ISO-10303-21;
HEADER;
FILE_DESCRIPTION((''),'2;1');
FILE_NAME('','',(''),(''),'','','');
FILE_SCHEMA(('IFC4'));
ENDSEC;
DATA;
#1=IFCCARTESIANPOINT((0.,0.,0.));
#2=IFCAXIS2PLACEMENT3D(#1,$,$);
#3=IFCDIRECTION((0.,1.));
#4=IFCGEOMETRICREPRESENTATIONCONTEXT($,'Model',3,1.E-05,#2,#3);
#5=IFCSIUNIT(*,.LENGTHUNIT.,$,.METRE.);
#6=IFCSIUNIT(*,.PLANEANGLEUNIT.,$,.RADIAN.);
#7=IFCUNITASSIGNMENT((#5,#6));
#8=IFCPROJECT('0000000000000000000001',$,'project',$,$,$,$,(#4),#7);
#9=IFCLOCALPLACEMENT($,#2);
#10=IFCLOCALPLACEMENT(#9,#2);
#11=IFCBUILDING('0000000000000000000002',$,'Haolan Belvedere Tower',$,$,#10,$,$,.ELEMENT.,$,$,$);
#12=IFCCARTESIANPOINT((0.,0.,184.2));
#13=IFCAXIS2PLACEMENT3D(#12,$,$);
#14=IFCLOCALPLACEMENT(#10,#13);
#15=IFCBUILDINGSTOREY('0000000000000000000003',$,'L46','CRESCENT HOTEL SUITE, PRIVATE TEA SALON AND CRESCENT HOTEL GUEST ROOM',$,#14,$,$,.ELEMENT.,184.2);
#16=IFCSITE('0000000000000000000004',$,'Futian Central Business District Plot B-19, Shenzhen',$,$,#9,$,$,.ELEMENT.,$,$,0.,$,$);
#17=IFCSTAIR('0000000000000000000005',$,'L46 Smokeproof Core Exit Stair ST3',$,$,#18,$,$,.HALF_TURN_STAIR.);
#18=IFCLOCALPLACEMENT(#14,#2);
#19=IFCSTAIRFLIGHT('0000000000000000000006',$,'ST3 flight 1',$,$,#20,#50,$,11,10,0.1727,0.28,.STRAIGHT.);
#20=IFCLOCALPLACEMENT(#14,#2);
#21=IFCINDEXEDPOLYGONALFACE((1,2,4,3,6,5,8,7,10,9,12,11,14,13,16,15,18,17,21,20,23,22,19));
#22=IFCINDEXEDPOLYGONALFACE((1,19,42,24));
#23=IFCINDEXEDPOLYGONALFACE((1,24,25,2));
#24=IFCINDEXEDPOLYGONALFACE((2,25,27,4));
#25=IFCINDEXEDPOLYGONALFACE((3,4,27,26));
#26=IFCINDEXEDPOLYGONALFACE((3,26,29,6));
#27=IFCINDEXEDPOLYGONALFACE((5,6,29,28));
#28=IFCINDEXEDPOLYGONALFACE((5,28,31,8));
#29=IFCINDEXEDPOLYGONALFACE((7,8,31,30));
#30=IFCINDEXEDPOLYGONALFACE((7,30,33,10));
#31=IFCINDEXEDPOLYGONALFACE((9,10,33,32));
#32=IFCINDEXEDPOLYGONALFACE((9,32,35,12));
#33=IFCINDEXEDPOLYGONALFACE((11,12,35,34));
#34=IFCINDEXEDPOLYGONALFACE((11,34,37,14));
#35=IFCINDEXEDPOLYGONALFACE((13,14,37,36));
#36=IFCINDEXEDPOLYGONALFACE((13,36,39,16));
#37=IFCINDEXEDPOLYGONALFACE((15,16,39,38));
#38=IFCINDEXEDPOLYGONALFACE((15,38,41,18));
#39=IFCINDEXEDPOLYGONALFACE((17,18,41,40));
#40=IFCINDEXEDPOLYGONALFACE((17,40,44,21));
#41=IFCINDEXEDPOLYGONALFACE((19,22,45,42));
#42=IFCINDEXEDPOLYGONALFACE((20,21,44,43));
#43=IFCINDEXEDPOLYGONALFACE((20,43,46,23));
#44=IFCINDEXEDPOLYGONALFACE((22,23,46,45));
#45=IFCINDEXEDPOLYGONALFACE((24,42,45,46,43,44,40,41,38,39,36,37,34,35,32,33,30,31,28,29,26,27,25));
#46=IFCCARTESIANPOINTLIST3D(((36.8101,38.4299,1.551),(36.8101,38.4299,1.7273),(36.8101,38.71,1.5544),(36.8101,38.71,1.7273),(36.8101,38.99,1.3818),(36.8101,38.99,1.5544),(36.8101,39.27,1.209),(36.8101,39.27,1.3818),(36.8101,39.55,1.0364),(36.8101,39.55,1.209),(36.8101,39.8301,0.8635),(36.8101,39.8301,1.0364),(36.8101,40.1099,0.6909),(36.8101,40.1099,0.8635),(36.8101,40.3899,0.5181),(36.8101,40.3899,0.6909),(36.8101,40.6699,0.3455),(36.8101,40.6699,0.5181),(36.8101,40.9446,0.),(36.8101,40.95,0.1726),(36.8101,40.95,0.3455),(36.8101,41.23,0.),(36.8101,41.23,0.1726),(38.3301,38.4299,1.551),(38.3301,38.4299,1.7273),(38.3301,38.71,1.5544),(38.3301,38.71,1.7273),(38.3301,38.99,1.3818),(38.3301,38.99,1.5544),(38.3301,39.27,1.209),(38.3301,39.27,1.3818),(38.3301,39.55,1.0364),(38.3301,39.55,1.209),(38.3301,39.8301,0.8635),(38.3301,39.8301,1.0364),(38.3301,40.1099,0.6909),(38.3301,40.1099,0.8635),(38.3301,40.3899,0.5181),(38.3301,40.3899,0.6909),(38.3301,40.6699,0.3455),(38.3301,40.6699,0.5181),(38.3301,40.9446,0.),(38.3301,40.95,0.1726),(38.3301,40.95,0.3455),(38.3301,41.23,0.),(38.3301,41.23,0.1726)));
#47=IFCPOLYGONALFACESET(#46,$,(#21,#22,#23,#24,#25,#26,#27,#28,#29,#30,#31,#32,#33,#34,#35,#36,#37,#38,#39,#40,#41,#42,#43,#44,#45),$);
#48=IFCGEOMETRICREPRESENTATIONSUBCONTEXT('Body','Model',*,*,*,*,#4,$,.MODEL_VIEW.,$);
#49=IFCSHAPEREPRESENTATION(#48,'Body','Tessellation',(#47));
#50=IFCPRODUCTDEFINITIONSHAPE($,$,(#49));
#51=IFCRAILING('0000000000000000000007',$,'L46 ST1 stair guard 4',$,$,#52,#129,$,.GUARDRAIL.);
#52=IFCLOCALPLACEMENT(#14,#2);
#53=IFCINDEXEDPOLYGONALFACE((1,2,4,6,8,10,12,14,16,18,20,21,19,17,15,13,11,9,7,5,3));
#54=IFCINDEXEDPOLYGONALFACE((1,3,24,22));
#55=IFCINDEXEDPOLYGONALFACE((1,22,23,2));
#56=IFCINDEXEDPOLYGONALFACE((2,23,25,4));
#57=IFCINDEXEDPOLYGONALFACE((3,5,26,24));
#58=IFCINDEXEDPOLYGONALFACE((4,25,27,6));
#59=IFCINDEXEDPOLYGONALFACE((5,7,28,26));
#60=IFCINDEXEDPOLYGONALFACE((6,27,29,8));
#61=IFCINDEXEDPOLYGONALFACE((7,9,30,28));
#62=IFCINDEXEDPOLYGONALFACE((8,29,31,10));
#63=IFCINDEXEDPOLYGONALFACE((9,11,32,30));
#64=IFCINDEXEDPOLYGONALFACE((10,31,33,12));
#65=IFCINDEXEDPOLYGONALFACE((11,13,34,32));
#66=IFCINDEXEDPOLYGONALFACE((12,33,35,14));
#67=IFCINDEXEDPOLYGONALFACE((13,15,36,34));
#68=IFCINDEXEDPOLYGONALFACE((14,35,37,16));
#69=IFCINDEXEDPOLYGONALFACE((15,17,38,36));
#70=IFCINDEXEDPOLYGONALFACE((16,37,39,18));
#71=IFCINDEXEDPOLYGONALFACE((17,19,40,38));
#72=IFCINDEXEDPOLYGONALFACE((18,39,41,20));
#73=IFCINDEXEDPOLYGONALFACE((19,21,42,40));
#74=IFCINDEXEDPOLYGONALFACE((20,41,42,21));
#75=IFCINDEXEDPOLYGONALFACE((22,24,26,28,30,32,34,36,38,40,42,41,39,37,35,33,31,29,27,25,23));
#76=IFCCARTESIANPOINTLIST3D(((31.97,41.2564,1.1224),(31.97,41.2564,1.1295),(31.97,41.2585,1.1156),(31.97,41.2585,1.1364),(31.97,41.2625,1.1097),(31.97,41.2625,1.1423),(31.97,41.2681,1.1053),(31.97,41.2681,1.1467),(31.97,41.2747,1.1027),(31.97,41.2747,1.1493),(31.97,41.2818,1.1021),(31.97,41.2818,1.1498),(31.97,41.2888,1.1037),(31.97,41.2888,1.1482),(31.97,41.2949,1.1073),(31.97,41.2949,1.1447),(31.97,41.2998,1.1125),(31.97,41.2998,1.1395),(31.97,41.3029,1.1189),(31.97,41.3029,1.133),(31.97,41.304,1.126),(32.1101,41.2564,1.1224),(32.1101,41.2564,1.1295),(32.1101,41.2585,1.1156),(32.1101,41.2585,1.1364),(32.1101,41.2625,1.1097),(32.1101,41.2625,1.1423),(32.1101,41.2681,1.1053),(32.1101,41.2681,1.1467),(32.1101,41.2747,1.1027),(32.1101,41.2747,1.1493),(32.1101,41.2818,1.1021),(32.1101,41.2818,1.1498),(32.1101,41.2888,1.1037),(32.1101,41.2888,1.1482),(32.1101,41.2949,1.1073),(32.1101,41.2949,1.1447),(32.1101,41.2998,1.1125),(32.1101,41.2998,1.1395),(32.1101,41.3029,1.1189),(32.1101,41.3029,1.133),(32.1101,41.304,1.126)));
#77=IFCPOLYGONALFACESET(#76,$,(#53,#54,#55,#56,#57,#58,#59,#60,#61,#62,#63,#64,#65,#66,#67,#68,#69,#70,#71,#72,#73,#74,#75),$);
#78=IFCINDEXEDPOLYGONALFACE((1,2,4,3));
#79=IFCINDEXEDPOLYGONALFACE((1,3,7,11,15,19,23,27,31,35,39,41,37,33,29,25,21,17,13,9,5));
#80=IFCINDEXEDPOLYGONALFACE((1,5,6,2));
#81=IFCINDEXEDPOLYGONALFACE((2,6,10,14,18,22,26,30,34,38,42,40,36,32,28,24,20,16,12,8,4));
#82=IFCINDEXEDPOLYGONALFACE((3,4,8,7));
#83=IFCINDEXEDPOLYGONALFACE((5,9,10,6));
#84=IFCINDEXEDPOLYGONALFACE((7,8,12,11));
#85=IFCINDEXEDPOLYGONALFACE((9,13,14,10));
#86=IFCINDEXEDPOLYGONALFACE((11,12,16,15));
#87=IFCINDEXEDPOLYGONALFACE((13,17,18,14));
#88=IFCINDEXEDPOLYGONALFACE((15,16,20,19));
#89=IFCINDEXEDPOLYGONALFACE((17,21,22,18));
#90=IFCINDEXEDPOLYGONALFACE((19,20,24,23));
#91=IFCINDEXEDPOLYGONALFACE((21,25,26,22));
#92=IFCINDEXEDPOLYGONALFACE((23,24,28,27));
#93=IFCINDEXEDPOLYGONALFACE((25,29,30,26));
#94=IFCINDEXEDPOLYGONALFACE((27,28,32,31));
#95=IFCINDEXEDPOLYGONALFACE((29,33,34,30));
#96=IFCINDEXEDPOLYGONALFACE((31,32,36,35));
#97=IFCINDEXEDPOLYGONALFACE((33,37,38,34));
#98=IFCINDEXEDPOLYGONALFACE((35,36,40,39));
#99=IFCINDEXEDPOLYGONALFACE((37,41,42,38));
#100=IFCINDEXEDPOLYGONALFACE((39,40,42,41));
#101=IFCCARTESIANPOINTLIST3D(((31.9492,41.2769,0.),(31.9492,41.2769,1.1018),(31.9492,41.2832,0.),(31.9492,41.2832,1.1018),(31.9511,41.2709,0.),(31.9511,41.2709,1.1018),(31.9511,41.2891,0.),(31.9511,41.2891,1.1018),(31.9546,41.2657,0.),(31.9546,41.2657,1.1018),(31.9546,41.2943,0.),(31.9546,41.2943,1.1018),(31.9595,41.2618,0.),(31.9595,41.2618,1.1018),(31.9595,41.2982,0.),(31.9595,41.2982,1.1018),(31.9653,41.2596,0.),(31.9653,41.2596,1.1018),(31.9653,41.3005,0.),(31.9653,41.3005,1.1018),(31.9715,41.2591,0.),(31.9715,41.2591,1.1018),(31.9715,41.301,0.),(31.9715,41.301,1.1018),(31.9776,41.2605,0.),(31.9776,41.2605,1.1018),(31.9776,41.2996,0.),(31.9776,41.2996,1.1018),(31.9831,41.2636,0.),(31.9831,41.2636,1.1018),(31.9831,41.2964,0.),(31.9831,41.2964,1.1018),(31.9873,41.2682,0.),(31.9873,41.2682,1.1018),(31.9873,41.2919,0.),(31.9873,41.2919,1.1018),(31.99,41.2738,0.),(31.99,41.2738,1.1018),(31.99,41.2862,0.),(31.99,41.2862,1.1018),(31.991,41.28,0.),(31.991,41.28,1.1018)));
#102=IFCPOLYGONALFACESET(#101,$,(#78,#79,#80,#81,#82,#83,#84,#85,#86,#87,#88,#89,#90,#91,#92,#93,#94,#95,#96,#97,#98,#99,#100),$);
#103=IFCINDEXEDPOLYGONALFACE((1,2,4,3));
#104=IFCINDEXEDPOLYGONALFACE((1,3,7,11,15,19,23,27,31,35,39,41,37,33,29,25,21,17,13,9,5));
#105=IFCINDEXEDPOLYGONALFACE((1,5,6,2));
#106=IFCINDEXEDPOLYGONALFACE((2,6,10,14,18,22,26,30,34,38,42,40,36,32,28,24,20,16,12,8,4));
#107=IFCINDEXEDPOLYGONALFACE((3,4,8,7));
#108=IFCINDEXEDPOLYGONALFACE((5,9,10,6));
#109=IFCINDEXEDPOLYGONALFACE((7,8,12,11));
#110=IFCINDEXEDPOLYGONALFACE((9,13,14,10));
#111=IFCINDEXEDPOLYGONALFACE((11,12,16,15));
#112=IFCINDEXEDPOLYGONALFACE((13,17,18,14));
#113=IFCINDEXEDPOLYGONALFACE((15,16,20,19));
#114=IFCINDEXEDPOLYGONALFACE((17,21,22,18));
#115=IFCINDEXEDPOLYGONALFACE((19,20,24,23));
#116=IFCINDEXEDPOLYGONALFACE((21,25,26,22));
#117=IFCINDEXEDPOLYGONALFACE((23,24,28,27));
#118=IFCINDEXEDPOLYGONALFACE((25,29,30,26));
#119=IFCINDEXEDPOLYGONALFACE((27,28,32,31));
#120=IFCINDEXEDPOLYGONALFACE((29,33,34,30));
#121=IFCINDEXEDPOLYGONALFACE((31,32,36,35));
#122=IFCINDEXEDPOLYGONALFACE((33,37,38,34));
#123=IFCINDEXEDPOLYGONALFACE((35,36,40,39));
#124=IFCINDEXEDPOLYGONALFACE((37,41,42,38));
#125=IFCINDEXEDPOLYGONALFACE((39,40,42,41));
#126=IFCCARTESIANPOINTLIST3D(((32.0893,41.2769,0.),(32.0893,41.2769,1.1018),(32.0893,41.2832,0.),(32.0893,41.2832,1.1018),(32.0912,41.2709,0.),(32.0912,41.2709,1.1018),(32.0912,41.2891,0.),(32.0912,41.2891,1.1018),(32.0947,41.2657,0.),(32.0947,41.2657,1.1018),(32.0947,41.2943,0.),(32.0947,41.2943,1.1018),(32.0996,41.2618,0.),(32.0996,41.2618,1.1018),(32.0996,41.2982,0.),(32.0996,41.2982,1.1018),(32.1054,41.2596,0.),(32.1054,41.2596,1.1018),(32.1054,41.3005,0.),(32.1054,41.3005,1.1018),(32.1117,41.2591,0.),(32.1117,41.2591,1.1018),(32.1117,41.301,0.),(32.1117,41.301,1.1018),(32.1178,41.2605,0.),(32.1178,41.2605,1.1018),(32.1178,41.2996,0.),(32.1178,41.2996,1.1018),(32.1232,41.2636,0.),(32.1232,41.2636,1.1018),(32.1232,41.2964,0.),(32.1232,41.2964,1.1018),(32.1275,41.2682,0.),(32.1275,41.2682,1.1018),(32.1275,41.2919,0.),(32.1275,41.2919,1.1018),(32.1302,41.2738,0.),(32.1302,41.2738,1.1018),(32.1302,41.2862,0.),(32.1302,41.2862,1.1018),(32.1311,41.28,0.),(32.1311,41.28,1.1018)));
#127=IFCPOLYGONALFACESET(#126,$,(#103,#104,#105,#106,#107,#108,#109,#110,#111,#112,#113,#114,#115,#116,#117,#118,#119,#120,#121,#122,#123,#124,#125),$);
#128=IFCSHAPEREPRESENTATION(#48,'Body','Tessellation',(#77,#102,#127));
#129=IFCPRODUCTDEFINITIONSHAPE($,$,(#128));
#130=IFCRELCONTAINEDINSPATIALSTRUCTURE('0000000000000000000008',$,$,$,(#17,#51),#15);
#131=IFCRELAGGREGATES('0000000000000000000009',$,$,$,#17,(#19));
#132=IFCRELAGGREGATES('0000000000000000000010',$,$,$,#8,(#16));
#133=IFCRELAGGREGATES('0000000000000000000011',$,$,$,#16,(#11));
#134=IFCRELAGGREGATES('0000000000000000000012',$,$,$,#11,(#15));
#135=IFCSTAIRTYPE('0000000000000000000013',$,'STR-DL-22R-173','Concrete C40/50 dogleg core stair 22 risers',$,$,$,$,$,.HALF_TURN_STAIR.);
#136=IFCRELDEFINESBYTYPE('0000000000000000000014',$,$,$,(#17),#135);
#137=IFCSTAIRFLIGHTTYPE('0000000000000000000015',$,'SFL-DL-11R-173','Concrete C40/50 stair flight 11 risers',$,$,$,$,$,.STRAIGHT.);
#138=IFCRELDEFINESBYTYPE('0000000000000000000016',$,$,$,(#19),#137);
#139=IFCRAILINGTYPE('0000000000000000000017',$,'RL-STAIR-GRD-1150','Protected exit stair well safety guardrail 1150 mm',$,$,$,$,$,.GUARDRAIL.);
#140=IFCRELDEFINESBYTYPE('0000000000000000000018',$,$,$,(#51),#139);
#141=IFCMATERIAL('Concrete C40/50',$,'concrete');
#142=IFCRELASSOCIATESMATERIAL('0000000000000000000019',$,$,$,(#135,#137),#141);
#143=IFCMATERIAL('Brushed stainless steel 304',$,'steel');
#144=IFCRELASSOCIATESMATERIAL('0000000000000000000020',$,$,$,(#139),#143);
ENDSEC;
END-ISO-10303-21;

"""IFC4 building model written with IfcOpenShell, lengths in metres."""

from ifc_helpers import new_model, si_unit, direction, frame, origin, origin_2d, place, context, subcontext, project, spatial, polyline, circle, outline, extrude, material, type_object, element, aggregate, save


model = new_model("IFC4")

# Units and contexts
model_context = context("Model", 3, precision=1e-05, world=origin(), true_north=direction((0.0, 1.0)))
body_context = subcontext(model_context, "Body", "Model", "MODEL_VIEW")
ifc_project = project(units=[si_unit("LENGTHUNIT", "METRE"), si_unit("PLANEANGLEUNIT", "RADIAN")], contexts=[model_context])

# Site, building, storey
site_placement = place(None, origin())
site = spatial("IfcSite", under=ifc_project, at=site_placement, Name="Futian Central Business District Plot B-19, Shenzhen", CompositionType="ELEMENT", RefElevation=0.0)
building_placement = place(site_placement, origin())
building = spatial("IfcBuilding", under=site, at=building_placement, Name="Haolan Belvedere Tower", CompositionType="ELEMENT")
storey_placement = place(building_placement, frame((0.0, 0.0, 184.2)))
storey = spatial("IfcBuildingStorey", under=building, at=storey_placement, Name="L46", Description="CRESCENT HOTEL SUITE, PRIVATE TEA SALON AND CRESCENT HOTEL GUEST ROOM", CompositionType="ELEMENT", Elevation=184.2)

# Shared definitions
ifc_material_1 = material(Name="Concrete C40/50", Category="concrete")

# Stair, stair flight
stair_type = type_object("IfcStairType", Name="STR-DL-22R-173", Description="Concrete C40/50 dogleg core stair 22 risers", PredefinedType="HALF_TURN_STAIR", material=ifc_material_1)
stair_placement = place(storey_placement, origin())
stair = element("IfcStair", 1, at=stair_placement, inside=storey, type_object=stair_type, Name="L46 Smokeproof Core Exit Stair ST3", PredefinedType="HALF_TURN_STAIR")
stair_flight_type = type_object("IfcStairFlightType", Name="SFL-DL-11R-173", Description="Concrete C40/50 stair flight 11 risers", PredefinedType="STRAIGHT", material=ifc_material_1)
stair_flight_placement = place(storey_placement, frame((37.5701, 41.23, 0.0), z_axis=(0.0, 0.0, 1.0), x_axis=(0.0, -1.0, 0.0)))
stair_flight = element("IfcStairFlight", 2, at=stair_flight_placement, type_object=stair_flight_type, Name="ST3 flight 1", NumberOfRisers=11, NumberOfTreads=10, PredefinedType="STRAIGHT", RiserHeight=0.1727, TreadLength=0.28, context=body_context, shape_type="SweptSolid", body=[
    extrude(outline(polyline([(0.0, 0.0), (0.0, 0.1726), (0.28, 0.1726), (0.28, 0.3455), (0.5601, 0.3455), (0.5601, 0.5181), (0.8401, 0.5181), (0.8401, 0.6909), (1.1201, 0.6909), (1.1201, 0.8635), (1.3999, 0.8635), (1.3999, 1.0364), (1.6799, 1.0364), (1.6799, 1.209), (1.96, 1.209), (1.96, 1.3818), (2.24, 1.3818), (2.24, 1.5544), (2.52, 1.5544), (2.52, 1.7273), (2.8, 1.7273), (2.8, 1.8999), (2.8, 1.551), (0.2854, 0.0), (0.0, 0.0)])), frame((0.0, 0.76, 0.0), z_axis=(0.0, -1.0, 0.0), x_axis=(1.0, 0.0, 0.0)), (0.0, 0.0, 1.0), 1.52),
])
aggregate(stair, [stair_flight])

# Railing
ifc_material_2 = material(Name="Brushed stainless steel 304", Category="steel")
railing_type = type_object("IfcRailingType", Name="RL-STAIR-GRD-1150", Description="Protected exit stair well safety guardrail 1150 mm", PredefinedType="GUARDRAIL", material=ifc_material_2)
railing_1_placement = place(storey_placement, frame((31.97, 41.28, 0.0)))
element("IfcRailing", 3, at=railing_1_placement, inside=storey, type_object=railing_type, Name="L46 ST1 stair guard 4", PredefinedType="GUARDRAIL", context=body_context, shape_type="SweptSolid", body=[
    extrude(circle(Radius=0.0239, at=origin_2d()), frame((0.0, 0.0, 1.126), z_axis=(1.0, 0.0, 0.0), x_axis=(0.0, 1.0, 0.0)), (0.0, 0.0, 1.0), 0.1401),
    extrude(circle(Radius=0.021, at=origin_2d()), origin(), (0.0, 0.0, 1.0), 1.1018),
    extrude(circle(Radius=0.021, at=origin_2d()), frame((0.1401, 0.0, 0.0)), (0.0, 0.0, 1.0), 1.1018),
])

save(model, "model.ifc")
